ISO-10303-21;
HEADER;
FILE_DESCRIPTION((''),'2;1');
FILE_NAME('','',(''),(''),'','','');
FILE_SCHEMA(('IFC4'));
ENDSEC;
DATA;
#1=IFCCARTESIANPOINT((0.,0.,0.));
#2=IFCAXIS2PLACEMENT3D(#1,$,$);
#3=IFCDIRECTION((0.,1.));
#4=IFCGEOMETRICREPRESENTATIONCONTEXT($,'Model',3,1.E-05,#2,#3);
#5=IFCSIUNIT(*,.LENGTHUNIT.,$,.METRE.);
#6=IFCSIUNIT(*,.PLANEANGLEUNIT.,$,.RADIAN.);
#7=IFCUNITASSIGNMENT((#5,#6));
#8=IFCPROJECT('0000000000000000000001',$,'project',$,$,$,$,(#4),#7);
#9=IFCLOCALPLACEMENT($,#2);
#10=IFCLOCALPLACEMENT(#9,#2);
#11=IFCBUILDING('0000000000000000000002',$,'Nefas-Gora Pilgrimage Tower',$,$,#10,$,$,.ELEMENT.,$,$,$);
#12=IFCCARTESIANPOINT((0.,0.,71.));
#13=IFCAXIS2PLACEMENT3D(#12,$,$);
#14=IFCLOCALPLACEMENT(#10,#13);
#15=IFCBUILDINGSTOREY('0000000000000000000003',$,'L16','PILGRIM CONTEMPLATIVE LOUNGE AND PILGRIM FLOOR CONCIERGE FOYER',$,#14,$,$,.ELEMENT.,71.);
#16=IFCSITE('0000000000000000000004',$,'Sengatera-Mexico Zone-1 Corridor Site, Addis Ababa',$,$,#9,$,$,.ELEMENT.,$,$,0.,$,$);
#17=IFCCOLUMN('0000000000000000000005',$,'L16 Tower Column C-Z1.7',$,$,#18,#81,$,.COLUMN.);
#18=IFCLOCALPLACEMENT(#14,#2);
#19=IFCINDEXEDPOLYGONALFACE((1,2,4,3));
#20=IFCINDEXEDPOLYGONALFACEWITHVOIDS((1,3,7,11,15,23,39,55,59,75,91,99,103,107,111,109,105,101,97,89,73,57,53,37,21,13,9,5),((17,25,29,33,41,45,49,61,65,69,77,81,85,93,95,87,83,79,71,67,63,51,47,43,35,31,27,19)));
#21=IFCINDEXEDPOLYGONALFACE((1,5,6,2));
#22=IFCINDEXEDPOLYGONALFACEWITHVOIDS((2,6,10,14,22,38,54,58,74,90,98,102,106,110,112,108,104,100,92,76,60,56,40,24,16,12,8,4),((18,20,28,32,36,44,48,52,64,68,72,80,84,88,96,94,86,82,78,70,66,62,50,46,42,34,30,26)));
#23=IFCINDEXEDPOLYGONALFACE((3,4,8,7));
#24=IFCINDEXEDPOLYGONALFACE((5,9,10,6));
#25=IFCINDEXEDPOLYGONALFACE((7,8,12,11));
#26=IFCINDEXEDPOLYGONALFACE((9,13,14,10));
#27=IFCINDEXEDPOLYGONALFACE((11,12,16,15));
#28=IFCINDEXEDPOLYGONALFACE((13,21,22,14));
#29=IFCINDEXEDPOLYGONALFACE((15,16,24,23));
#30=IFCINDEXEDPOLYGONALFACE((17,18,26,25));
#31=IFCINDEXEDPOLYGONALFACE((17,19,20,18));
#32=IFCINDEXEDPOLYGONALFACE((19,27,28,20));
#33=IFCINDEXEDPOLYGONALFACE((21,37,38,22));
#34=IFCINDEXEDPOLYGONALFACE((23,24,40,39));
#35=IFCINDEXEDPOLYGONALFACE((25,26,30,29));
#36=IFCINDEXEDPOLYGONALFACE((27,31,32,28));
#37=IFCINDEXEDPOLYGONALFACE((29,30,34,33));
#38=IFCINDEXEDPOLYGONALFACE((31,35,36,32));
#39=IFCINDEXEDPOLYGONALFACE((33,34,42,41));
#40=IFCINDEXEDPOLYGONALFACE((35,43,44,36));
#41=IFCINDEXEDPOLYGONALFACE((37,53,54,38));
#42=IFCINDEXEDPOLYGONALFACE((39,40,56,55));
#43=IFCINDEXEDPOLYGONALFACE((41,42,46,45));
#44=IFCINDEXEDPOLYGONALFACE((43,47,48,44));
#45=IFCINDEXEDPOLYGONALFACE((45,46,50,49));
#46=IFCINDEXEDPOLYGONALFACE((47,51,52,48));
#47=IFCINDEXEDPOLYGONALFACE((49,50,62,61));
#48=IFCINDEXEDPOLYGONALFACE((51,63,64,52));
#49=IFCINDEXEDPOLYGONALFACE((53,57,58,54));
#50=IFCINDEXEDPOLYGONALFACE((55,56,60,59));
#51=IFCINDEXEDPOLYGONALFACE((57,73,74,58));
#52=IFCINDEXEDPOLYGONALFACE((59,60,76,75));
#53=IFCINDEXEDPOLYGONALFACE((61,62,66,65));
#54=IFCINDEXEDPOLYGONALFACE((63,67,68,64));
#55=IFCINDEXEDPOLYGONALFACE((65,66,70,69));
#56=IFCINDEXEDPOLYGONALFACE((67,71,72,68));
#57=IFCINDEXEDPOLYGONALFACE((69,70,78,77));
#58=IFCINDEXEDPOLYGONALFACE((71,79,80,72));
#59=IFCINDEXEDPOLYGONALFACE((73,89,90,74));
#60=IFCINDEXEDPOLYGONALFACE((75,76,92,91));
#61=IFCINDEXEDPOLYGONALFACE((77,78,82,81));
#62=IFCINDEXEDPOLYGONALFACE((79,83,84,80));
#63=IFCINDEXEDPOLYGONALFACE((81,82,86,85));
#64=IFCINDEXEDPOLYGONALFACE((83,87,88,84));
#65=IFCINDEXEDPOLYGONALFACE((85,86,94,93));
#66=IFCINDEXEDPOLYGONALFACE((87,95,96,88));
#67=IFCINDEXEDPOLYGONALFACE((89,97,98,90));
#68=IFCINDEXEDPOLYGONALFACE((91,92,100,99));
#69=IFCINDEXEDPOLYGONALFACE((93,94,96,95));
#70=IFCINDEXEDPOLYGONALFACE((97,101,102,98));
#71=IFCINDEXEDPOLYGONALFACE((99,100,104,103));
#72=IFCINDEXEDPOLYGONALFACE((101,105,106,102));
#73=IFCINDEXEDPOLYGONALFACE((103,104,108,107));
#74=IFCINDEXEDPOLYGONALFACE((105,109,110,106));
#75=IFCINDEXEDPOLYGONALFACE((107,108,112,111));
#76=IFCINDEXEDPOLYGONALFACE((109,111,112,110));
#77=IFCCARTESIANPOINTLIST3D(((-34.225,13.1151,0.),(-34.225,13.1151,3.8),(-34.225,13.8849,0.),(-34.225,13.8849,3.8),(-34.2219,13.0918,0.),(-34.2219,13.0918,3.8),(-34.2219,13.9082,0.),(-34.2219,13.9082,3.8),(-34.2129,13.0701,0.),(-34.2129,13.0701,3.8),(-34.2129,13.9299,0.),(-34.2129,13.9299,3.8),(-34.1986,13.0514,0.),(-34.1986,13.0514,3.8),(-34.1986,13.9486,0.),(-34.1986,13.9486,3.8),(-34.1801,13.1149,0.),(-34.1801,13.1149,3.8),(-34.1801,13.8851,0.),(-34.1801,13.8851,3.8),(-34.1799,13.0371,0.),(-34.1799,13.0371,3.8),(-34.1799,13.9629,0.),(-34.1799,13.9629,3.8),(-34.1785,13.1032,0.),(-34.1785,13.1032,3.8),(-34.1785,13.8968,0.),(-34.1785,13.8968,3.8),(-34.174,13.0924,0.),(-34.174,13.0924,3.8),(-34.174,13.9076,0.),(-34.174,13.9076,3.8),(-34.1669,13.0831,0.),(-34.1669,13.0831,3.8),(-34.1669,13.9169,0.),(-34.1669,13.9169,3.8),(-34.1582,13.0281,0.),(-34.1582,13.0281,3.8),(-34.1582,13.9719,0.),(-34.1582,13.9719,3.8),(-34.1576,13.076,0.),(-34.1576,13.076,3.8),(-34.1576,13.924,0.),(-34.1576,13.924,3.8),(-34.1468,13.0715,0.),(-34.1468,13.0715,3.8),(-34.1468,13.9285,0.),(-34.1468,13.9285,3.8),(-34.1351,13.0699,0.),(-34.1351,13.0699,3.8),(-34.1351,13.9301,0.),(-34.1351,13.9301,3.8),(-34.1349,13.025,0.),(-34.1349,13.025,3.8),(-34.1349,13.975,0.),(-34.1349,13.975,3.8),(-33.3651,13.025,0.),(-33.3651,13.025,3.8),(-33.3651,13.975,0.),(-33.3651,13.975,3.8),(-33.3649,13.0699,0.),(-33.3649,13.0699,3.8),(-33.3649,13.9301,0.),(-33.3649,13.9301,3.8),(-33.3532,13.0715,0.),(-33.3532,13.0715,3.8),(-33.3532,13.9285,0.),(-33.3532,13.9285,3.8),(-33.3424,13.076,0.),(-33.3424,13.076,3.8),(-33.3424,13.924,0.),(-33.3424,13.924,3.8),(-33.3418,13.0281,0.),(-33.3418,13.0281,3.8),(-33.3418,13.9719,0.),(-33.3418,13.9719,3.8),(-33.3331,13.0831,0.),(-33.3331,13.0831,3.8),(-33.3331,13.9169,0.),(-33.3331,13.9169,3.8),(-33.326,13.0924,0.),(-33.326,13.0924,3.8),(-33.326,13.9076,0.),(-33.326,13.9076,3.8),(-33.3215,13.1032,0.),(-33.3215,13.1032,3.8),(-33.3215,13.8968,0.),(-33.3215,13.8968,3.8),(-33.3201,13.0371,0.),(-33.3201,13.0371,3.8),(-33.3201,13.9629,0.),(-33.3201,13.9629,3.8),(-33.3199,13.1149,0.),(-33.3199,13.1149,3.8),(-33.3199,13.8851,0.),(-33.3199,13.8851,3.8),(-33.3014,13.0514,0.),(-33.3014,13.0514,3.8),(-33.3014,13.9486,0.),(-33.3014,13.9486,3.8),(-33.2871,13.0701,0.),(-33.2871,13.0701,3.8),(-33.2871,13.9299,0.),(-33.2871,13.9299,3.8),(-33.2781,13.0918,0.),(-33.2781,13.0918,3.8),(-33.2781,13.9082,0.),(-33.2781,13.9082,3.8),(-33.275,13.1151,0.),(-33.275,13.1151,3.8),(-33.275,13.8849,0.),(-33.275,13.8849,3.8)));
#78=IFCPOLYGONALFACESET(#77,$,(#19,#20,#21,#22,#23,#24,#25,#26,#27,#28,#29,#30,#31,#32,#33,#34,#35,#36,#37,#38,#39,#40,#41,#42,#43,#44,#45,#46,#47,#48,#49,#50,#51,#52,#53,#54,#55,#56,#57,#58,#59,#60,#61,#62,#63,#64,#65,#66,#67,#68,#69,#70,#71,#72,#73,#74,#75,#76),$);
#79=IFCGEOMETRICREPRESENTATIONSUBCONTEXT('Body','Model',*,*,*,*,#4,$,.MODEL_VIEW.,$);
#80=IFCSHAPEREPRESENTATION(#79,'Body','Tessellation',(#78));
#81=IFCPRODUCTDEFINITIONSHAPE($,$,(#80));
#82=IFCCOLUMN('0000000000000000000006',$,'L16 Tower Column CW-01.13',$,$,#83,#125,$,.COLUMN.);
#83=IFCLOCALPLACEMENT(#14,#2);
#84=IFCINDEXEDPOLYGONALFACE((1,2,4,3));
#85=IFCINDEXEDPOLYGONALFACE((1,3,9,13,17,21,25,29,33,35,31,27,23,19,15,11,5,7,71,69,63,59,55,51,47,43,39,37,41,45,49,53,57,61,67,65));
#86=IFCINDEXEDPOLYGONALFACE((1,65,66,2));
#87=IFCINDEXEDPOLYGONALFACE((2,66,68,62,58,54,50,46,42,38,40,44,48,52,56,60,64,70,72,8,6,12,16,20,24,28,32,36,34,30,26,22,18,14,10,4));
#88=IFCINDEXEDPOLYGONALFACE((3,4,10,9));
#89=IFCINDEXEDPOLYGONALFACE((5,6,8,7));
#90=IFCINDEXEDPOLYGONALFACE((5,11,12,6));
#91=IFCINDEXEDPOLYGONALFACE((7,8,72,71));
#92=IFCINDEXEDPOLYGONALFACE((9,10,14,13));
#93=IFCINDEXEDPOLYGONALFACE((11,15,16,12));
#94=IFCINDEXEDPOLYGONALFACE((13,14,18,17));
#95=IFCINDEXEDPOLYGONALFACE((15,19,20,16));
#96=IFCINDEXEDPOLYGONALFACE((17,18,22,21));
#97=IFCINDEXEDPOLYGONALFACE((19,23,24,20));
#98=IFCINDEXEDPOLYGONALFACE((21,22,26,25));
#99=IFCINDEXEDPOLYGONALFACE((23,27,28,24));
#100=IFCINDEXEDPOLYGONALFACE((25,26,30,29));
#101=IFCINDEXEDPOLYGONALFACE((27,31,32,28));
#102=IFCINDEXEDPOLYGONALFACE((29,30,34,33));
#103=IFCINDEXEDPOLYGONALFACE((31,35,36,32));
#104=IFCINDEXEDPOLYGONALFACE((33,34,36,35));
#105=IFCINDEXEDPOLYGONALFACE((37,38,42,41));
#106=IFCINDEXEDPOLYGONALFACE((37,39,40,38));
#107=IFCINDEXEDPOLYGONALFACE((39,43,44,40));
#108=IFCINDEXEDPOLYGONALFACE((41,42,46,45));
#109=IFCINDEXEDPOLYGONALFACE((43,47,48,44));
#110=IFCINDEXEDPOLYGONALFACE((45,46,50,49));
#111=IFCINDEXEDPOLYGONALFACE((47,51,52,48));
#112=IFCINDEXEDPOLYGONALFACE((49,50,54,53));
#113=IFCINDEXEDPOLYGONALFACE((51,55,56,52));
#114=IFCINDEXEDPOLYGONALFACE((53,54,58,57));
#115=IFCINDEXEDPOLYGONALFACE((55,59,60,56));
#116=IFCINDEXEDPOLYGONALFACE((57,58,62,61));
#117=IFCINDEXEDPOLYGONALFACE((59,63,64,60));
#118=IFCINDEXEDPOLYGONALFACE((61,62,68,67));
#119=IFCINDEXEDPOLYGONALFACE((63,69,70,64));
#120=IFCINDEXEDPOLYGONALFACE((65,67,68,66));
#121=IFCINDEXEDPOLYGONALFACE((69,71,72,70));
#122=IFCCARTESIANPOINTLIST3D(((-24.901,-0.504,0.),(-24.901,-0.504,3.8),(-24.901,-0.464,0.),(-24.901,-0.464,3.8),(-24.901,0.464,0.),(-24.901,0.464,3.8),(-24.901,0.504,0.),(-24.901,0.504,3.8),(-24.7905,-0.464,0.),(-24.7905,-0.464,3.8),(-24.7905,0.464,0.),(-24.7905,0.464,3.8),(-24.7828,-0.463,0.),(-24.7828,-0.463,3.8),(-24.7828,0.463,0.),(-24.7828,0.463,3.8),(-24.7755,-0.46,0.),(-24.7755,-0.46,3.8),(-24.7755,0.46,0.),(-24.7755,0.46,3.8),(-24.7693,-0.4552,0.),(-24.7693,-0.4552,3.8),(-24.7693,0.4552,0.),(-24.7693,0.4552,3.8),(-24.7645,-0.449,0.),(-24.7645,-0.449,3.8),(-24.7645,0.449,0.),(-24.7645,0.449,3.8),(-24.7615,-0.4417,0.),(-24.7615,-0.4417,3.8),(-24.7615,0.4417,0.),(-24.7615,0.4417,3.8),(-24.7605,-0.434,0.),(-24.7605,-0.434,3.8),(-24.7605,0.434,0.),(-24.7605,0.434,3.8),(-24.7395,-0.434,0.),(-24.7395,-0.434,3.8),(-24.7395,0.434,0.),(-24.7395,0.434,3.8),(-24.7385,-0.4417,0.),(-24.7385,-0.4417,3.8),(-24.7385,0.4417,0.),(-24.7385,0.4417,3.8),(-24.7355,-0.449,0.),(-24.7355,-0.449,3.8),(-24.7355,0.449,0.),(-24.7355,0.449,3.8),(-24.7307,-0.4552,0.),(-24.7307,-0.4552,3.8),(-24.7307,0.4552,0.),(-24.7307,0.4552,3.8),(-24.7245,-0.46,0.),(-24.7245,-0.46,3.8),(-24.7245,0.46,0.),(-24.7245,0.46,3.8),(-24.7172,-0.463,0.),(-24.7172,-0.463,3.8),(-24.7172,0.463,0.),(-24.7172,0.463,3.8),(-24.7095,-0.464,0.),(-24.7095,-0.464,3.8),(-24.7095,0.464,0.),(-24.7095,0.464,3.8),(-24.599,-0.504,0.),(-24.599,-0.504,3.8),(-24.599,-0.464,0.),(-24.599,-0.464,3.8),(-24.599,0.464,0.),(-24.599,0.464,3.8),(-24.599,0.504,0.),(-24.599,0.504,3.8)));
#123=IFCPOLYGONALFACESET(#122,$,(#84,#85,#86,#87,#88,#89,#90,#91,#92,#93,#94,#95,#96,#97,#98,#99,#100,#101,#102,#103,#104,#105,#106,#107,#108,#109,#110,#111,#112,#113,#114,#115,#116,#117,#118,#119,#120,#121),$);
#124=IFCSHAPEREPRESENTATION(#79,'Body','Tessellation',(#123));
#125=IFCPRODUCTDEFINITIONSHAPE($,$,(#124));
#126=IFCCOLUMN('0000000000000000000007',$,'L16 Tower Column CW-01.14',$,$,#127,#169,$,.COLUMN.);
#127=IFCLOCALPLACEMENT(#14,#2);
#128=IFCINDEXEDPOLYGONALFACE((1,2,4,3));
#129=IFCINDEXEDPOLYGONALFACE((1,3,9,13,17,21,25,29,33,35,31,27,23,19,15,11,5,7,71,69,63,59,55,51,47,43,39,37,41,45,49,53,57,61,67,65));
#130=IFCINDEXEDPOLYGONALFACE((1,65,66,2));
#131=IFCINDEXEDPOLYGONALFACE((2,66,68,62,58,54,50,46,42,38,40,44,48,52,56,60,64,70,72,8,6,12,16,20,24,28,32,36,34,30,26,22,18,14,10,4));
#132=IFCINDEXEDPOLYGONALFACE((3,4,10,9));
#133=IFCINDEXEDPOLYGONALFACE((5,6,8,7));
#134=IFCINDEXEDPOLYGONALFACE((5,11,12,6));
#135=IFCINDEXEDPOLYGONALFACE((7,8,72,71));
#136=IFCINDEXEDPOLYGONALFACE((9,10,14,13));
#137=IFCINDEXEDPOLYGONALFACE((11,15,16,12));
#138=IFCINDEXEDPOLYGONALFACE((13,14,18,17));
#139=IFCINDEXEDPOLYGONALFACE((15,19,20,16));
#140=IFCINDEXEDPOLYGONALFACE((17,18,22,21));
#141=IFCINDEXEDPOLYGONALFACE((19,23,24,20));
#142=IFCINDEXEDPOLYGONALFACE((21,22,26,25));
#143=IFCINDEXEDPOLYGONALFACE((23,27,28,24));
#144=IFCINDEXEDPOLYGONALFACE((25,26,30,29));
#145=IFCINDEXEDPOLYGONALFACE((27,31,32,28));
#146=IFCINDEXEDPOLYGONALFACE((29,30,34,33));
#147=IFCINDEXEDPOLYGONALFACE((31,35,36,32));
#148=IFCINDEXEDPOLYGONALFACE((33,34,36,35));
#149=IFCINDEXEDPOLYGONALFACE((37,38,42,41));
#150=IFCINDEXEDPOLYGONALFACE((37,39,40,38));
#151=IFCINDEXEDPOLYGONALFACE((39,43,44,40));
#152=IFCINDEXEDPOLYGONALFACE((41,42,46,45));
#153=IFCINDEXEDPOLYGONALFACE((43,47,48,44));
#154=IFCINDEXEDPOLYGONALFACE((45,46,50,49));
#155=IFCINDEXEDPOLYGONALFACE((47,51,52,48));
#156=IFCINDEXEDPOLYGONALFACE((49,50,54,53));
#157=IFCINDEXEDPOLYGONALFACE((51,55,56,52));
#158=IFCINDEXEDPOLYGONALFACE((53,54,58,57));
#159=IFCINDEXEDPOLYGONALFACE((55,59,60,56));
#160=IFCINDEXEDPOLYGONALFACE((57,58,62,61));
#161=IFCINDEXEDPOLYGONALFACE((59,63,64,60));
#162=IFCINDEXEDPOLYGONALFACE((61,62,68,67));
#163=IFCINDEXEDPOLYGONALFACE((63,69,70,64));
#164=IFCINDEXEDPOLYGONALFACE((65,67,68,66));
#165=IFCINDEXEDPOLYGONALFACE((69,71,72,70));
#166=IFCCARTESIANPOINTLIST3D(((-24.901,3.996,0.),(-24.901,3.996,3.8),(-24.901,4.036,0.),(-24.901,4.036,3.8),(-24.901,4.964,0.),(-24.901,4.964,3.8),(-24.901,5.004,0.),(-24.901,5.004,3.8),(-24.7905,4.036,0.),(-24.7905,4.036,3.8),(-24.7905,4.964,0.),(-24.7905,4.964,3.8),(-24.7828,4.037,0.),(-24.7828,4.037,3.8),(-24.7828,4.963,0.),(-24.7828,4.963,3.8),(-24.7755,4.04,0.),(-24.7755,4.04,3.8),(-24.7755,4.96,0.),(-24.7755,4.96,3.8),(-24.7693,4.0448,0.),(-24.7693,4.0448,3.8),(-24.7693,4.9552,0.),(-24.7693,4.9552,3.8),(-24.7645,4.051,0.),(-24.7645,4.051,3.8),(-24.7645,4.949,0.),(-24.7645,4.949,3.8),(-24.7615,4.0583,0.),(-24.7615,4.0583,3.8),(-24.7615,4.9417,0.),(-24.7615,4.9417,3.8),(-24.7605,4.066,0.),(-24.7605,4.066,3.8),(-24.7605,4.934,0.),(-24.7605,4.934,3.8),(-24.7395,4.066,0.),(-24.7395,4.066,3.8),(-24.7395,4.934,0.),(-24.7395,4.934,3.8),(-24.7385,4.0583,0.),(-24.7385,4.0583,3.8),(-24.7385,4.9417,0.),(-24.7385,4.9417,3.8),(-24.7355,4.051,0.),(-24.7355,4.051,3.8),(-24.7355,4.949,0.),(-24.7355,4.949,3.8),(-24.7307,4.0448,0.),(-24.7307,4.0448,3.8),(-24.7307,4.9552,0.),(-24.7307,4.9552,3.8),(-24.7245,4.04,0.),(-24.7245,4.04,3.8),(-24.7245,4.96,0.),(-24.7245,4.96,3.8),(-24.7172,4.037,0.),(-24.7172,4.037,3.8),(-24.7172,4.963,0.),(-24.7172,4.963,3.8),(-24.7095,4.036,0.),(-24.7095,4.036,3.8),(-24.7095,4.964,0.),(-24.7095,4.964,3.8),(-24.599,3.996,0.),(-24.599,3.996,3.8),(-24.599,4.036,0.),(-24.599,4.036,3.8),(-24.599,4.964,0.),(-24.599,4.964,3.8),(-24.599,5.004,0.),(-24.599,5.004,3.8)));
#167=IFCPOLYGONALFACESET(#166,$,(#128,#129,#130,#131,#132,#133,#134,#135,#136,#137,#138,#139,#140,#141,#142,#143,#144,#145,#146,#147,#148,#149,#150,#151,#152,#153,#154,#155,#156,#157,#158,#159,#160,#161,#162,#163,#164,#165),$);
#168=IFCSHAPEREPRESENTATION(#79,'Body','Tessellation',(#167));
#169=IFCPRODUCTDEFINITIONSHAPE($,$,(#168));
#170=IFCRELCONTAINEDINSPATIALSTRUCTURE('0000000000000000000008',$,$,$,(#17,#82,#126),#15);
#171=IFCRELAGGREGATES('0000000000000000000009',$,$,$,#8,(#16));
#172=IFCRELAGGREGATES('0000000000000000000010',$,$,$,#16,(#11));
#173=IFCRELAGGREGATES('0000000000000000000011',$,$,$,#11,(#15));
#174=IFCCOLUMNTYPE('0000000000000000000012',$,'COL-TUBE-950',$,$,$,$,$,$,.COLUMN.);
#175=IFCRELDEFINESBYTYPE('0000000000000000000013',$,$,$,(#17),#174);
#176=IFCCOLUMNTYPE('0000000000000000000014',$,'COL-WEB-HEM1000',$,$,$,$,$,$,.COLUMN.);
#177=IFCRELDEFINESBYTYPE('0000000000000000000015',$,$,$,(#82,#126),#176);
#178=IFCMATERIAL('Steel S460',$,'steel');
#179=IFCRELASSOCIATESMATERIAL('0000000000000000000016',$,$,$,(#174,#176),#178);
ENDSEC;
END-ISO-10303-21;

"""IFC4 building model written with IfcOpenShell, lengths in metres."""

from ifc_helpers import new_model, si_unit, direction, frame, origin, origin_2d, place, context, subcontext, project, spatial, hollow_rectangle, i_section, extrude, source, transform, mapped, material, material_profile, profile_set, type_object, element, save


model = new_model("IFC4")

# Units and contexts
model_context = context("Model", 3, precision=1e-05, world=origin(), true_north=direction((0.0, 1.0)))
body_context = subcontext(model_context, "Body", "Model", "MODEL_VIEW")
ifc_project = project(units=[si_unit("LENGTHUNIT", "METRE"), si_unit("PLANEANGLEUNIT", "RADIAN")], contexts=[model_context])

# Site, building, storey
site_placement = place(None, origin())
site = spatial("IfcSite", under=ifc_project, at=site_placement, Name="Sengatera-Mexico Zone-1 Corridor Site, Addis Ababa", CompositionType="ELEMENT", RefElevation=0.0)
building_placement = place(site_placement, origin())
building = spatial("IfcBuilding", under=site, at=building_placement, Name="Nefas-Gora Pilgrimage Tower", CompositionType="ELEMENT")
storey_placement = place(building_placement, frame((0.0, 0.0, 71.0)))
storey = spatial("IfcBuildingStorey", under=building, at=storey_placement, Name="L16", Description="PILGRIM CONTEMPLATIVE LOUNGE AND PILGRIM FLOOR CONCIERGE FOYER", CompositionType="ELEMENT", Elevation=71.0)

# Columns
ifc_material_1 = material(Name="Steel S460", Category="steel")
ifc_material_profile_1 = material_profile(ifc_material_1, hollow_rectangle(XDim=0.95, YDim=0.95, WallThickness=0.0449, InnerFilletRadius=0.0449, OuterFilletRadius=0.0901, at=origin_2d()), Name="BOX 950x950x45")
ifc_profile_set_1 = profile_set([ifc_material_profile_1], Name="Steel S460")
column_type_1 = type_object("IfcColumnType", Name="COL-TUBE-950", PredefinedType="COLUMN", material=ifc_profile_set_1)
shared_shape_1 = source(origin(), body_context, "Body", "SweptSolid", [
    extrude(hollow_rectangle(XDim=0.95, YDim=0.95, WallThickness=0.0449, InnerFilletRadius=0.0449, OuterFilletRadius=0.0901, at=origin_2d()), origin(), (0.0, 0.0, 1.0), 3.8),
])
for number, where, z_axis, x_axis, name in (
    (1, (-33.75, 13.5, 0.0), (0.0, 0.0, 1.0), (1.0, 0.0, 0.0), "L16 Tower Column C-Z1.7"),
):
    element("IfcColumn", number, at=place(storey_placement, frame(where, z_axis=z_axis, x_axis=x_axis)), inside=storey, type_object=column_type_1, Name=name, PredefinedType="COLUMN", context=body_context, shape_type="MappedRepresentation", body=[
        mapped(shared_shape_1, transform((0.0, 0.0, 0.0), x_axis=(1.0, 0.0, 0.0), y_axis=(0.0, 1.0, 0.0), z_axis=(0.0, 0.0, 1.0), scale=1.0)),
    ])
ifc_material_profile_2 = material_profile(ifc_material_1, i_section(OverallWidth=0.302, OverallDepth=1.0081, WebThickness=0.021, FlangeThickness=0.04, FilletRadius=0.03, at=origin_2d()), Name="HEM 1000")
ifc_profile_set_2 = profile_set([ifc_material_profile_2], Name="Steel S460")
column_type_2 = type_object("IfcColumnType", Name="COL-WEB-HEM1000", PredefinedType="COLUMN", material=ifc_profile_set_2)
shared_shape_2 = source(origin(), body_context, "Body", "SweptSolid", [
    extrude(i_section(OverallWidth=0.302, OverallDepth=1.0081, WebThickness=0.021, FlangeThickness=0.04, FilletRadius=0.03, at=origin_2d()), origin(), (0.0, 0.0, 1.0), 3.8),
])
for number, where, z_axis, x_axis, name in (
    (2, (-24.75, 0.0, 0.0), (0.0, 0.0, 1.0), (1.0, 0.0, 0.0), "L16 Tower Column CW-01.13"),
    (3, (-24.75, 4.5, 0.0), (0.0, 0.0, 1.0), (1.0, 0.0, 0.0), "L16 Tower Column CW-01.14"),
):
    element("IfcColumn", number, at=place(storey_placement, frame(where, z_axis=z_axis, x_axis=x_axis)), inside=storey, type_object=column_type_2, Name=name, PredefinedType="COLUMN", context=body_context, shape_type="MappedRepresentation", body=[
        mapped(shared_shape_2, transform((0.0, 0.0, 0.0), x_axis=(1.0, 0.0, 0.0), y_axis=(0.0, 1.0, 0.0), z_axis=(0.0, 0.0, 1.0), scale=1.0)),
    ])

save(model, "model.ifc")
